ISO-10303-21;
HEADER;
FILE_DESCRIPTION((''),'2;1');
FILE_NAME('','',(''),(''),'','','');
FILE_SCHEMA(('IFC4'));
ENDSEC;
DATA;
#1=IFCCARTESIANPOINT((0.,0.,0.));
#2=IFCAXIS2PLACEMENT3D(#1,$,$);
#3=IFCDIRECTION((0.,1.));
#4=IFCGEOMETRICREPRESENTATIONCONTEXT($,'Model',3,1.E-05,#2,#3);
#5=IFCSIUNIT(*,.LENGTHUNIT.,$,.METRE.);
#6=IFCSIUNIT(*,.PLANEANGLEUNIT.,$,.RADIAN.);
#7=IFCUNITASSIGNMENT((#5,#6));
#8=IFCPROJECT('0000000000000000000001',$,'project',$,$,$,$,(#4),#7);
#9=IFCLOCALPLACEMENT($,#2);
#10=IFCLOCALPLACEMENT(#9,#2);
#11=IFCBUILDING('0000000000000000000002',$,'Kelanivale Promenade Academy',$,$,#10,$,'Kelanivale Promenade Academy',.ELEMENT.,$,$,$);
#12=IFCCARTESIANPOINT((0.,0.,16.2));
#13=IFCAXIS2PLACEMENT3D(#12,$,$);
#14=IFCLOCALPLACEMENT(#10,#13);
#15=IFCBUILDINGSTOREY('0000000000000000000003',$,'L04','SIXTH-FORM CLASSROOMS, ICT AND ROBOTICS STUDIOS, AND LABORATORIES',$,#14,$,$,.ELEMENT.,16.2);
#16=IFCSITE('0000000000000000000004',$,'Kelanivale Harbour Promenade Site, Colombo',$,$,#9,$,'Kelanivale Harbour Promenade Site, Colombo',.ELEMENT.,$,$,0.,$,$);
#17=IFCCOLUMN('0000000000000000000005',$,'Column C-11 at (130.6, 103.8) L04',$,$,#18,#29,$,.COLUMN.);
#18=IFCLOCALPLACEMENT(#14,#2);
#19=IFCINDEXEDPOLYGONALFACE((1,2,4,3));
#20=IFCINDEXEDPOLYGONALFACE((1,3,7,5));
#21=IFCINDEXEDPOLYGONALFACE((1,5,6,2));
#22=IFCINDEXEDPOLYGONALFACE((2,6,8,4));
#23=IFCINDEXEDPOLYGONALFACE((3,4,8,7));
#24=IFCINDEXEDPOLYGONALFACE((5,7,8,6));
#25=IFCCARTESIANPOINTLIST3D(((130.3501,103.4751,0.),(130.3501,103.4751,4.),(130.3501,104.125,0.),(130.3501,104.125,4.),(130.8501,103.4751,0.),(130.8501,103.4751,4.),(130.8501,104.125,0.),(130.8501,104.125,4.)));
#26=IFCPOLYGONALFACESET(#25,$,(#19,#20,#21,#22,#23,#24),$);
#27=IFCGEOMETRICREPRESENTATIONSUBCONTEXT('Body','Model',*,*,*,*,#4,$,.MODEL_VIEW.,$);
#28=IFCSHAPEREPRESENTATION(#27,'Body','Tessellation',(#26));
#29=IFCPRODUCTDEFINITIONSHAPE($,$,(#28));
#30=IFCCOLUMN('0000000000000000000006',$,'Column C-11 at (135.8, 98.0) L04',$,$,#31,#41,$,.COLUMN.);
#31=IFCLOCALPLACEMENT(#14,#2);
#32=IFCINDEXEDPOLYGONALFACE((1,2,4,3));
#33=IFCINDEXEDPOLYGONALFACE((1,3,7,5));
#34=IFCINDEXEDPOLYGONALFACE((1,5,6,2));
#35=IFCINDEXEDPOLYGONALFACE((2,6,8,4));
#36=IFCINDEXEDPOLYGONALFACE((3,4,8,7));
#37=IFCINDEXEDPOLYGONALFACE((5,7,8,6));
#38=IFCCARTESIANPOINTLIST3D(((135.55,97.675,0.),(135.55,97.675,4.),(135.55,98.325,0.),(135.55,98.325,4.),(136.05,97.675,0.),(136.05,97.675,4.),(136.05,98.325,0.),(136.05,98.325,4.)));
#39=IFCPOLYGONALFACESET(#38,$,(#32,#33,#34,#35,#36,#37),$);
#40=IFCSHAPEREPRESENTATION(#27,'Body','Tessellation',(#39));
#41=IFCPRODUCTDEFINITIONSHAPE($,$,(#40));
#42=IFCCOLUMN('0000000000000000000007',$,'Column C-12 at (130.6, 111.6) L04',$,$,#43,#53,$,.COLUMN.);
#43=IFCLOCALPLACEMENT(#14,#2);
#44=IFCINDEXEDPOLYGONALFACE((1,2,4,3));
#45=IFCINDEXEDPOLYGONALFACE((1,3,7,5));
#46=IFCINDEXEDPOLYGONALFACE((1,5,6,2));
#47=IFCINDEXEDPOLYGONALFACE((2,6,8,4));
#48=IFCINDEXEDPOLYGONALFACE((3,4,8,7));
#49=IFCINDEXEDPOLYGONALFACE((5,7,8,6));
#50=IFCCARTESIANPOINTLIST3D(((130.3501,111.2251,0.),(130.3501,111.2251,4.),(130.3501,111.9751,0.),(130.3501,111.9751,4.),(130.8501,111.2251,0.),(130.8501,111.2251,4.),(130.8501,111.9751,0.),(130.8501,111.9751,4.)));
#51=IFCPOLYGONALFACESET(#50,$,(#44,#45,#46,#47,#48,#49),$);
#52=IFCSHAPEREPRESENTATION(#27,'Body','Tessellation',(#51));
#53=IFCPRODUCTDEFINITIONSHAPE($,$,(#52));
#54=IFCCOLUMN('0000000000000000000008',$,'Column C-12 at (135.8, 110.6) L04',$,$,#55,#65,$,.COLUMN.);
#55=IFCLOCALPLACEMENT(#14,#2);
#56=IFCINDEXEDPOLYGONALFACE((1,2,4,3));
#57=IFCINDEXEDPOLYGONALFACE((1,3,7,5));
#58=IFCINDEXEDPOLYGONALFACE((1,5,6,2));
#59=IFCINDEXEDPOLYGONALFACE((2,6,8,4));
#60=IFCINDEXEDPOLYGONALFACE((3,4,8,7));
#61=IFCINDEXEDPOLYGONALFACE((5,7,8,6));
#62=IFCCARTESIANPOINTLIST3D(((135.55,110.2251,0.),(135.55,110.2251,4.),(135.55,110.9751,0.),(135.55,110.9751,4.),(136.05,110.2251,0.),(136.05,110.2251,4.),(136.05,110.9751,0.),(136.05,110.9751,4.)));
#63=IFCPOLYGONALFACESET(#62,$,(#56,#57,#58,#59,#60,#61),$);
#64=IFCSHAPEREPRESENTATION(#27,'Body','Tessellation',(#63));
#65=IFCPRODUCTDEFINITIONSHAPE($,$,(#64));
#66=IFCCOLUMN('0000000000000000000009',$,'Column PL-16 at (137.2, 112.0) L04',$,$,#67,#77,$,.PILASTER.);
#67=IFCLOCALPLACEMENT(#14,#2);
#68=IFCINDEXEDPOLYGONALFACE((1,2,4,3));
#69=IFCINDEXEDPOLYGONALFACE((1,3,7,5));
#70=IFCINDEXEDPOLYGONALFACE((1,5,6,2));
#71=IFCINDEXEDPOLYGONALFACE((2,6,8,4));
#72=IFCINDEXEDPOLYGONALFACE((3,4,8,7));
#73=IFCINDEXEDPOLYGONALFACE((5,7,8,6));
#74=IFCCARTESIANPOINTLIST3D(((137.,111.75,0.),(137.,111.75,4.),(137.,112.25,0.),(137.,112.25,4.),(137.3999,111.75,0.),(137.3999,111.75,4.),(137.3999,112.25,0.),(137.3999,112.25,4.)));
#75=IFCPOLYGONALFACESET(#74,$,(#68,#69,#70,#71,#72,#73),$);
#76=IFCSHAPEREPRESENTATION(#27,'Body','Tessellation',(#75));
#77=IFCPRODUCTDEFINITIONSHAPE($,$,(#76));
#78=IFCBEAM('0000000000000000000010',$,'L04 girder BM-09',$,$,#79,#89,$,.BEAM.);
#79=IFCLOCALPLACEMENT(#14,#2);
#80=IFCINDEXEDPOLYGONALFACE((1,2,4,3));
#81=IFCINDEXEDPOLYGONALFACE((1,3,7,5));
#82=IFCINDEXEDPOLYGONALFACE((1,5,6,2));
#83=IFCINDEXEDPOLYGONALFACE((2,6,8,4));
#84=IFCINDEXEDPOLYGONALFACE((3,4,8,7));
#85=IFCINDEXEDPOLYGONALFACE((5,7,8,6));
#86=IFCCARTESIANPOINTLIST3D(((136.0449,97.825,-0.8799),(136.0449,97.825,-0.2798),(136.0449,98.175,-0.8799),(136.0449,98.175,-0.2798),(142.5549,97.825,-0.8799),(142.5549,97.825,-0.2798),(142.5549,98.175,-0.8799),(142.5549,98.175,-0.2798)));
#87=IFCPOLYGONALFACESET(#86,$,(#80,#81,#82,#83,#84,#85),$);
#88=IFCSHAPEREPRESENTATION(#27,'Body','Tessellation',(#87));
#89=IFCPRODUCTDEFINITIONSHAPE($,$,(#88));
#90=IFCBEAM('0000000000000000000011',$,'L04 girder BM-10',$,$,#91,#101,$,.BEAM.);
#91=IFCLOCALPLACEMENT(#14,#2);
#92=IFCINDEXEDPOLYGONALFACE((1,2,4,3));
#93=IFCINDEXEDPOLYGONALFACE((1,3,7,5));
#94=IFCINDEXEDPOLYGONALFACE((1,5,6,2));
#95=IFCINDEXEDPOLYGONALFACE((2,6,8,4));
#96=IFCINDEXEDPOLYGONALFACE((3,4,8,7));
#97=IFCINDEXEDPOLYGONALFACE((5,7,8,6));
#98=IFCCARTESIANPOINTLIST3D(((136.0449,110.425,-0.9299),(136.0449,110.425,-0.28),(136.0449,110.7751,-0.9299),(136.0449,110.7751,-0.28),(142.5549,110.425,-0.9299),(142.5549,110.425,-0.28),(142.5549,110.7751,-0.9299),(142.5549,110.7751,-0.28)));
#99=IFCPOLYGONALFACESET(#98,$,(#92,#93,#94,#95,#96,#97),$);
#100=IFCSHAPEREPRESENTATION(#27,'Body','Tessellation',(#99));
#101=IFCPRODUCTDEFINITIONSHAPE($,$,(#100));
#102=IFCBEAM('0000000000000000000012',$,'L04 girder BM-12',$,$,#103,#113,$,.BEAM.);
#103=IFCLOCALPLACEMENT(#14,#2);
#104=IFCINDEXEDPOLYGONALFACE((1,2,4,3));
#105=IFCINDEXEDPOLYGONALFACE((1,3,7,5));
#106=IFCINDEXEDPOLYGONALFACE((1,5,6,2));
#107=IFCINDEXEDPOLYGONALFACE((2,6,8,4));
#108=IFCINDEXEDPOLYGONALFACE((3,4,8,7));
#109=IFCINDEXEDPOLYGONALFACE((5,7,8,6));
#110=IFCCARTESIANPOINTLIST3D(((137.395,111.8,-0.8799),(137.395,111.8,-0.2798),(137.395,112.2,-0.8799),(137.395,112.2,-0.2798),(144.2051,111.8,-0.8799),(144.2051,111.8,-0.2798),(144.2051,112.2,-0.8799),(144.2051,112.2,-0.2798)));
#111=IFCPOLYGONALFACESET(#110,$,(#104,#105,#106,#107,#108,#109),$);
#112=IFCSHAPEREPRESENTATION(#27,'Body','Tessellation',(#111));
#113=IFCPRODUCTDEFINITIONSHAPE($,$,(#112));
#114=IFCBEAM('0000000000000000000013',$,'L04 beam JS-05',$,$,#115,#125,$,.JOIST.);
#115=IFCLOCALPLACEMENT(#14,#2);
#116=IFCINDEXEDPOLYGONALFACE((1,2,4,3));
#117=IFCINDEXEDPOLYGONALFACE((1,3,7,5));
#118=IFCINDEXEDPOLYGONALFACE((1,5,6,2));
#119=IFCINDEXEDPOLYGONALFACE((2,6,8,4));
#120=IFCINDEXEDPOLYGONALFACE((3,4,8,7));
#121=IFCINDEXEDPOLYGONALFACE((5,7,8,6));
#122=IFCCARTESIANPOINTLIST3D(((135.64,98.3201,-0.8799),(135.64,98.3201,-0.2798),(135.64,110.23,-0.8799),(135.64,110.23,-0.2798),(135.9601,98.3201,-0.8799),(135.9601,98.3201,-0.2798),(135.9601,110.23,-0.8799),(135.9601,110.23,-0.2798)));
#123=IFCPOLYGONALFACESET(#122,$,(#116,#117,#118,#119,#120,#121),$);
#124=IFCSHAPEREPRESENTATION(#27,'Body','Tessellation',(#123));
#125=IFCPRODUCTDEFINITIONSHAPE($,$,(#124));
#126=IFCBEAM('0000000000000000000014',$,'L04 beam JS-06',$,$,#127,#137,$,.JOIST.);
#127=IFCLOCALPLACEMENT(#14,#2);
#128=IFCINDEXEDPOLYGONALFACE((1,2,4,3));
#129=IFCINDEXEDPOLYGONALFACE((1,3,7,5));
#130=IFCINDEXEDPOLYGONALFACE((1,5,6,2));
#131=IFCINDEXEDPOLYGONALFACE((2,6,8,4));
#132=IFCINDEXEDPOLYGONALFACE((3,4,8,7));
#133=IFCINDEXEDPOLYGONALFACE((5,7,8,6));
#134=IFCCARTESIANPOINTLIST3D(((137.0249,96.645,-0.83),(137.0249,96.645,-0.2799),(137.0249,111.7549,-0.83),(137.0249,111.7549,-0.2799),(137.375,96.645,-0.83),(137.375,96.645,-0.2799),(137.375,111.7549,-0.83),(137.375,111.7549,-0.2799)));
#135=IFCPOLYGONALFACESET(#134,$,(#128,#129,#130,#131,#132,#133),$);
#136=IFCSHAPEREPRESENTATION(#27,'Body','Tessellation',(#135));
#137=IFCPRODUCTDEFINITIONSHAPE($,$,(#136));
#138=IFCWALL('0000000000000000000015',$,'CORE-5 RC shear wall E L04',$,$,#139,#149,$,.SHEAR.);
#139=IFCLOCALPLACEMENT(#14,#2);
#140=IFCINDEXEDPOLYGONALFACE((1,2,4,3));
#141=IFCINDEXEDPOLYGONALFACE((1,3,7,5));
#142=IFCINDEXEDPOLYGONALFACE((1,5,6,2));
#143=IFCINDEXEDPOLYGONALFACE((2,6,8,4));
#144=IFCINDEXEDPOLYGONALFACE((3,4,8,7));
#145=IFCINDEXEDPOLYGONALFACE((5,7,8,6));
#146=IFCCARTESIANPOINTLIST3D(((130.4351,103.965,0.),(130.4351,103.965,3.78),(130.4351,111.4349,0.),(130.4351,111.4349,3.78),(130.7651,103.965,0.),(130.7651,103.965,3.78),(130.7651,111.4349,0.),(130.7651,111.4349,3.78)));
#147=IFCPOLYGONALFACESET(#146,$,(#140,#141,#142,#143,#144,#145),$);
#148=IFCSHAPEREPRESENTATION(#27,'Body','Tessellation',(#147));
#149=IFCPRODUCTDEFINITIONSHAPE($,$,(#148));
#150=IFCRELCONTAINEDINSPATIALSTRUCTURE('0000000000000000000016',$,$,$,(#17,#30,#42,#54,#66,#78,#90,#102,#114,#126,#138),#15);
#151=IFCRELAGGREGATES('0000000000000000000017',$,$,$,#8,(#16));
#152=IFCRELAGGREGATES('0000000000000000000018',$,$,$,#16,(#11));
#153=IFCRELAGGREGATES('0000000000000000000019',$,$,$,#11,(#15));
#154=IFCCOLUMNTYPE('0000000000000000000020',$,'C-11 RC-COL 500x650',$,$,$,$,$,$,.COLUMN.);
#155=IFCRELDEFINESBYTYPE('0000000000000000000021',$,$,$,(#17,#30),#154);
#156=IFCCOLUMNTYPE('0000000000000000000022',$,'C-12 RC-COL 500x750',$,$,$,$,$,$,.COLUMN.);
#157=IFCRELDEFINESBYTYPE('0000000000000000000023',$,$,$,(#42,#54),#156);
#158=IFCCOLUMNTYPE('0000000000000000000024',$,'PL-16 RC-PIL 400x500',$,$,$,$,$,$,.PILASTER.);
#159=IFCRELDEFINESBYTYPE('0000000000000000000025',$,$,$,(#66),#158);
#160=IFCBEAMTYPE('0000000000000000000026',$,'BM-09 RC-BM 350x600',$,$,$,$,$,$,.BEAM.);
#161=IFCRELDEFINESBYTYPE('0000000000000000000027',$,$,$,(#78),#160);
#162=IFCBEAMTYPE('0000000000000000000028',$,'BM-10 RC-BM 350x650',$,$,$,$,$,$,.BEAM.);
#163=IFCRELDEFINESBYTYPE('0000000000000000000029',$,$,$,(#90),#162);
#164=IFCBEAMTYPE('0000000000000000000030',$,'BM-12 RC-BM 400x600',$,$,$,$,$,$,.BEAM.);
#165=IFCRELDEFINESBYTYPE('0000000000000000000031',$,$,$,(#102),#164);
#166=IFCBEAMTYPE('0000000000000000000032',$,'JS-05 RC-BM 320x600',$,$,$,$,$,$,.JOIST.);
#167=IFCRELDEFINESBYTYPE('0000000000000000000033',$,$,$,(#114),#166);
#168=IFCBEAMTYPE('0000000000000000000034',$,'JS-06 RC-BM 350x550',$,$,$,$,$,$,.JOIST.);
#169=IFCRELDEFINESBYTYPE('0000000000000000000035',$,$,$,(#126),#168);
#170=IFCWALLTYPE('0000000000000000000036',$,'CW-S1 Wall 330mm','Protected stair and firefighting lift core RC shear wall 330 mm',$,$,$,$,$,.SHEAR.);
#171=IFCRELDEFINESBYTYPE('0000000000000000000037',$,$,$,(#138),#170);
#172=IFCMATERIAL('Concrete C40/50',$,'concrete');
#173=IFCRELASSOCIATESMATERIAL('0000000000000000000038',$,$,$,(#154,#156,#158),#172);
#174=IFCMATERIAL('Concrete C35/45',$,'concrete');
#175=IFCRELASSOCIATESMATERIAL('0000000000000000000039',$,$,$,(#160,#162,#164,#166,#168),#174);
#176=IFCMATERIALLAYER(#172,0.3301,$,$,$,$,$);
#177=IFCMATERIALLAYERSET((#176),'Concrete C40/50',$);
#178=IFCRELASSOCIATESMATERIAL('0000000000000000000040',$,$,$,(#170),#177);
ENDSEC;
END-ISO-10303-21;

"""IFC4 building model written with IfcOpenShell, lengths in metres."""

from ifc_helpers import new_model, si_unit, direction, frame, frame_2d, origin, origin_2d, place, context, subcontext, project, spatial, rectangle, extrude, material, layer, layer_set, material_profile, profile_set, type_object, element, save


model = new_model("IFC4")

# Units and contexts
model_context = context("Model", 3, precision=1e-05, world=origin(), true_north=direction((0.0, 1.0)))
body_context = subcontext(model_context, "Body", "Model", "MODEL_VIEW")
ifc_project = project(units=[si_unit("LENGTHUNIT", "METRE"), si_unit("PLANEANGLEUNIT", "RADIAN")], contexts=[model_context])

# Site, building, storey
site_placement = place(None, origin())
site = spatial("IfcSite", under=ifc_project, at=site_placement, Name="Kelanivale Harbour Promenade Site, Colombo", LongName="Kelanivale Harbour Promenade Site, Colombo", CompositionType="ELEMENT", RefElevation=0.0)
building_placement = place(site_placement, origin())
building = spatial("IfcBuilding", under=site, at=building_placement, Name="Kelanivale Promenade Academy", LongName="Kelanivale Promenade Academy", CompositionType="ELEMENT")
storey_placement = place(building_placement, frame((0.0, 0.0, 16.2)))
storey = spatial("IfcBuildingStorey", under=building, at=storey_placement, Name="L04", Description="SIXTH-FORM CLASSROOMS, ICT AND ROBOTICS STUDIOS, AND LABORATORIES", CompositionType="ELEMENT", Elevation=16.2)

# Columns
ifc_material_1 = material(Name="Concrete C40/50", Category="concrete")
ifc_material_profile_1 = material_profile(ifc_material_1, rectangle(XDim=0.5, YDim=0.6499, at=origin_2d()), Name="RC-COL 500x650")
ifc_profile_set_1 = profile_set([ifc_material_profile_1], Name="Concrete C40/50")
column_type_1 = type_object("IfcColumnType", Name="C-11 RC-COL 500x650", PredefinedType="COLUMN", material=ifc_profile_set_1)
for number, where, z_axis, x_axis, name in (
    (1, (130.6001, 103.8, 0.0), (0.0, 0.0, 1.0), (1.0, 0.0, 0.0), "Column C-11 at (130.6, 103.8) L04"),
    (2, (135.8, 98.0, 0.0), (0.0, 0.0, 1.0), (1.0, 0.0, 0.0), "Column C-11 at (135.8, 98.0) L04"),
):
    element("IfcColumn", number, at=place(storey_placement, frame(where, z_axis=z_axis, x_axis=x_axis)), inside=storey, type_object=column_type_1, Name=name, PredefinedType="COLUMN", context=body_context, shape_type="SweptSolid", body=[
        extrude(rectangle(XDim=0.5, YDim=0.6499, at=origin_2d()), origin(), (0.0, 0.0, 1.0), 4.0),
    ])
ifc_material_profile_2 = material_profile(ifc_material_1, rectangle(XDim=0.5, YDim=0.75, at=origin_2d()), Name="RC-COL 500x750")
ifc_profile_set_2 = profile_set([ifc_material_profile_2], Name="Concrete C40/50")
column_type_2 = type_object("IfcColumnType", Name="C-12 RC-COL 500x750", PredefinedType="COLUMN", material=ifc_profile_set_2)
for number, where, z_axis, x_axis, name in (
    (3, (130.6001, 111.6001, 0.0), (0.0, 0.0, 1.0), (1.0, 0.0, 0.0), "Column C-12 at (130.6, 111.6) L04"),
    (4, (135.8, 110.6001, 0.0), (0.0, 0.0, 1.0), (1.0, 0.0, 0.0), "Column C-12 at (135.8, 110.6) L04"),
):
    element("IfcColumn", number, at=place(storey_placement, frame(where, z_axis=z_axis, x_axis=x_axis)), inside=storey, type_object=column_type_2, Name=name, PredefinedType="COLUMN", context=body_context, shape_type="SweptSolid", body=[
        extrude(rectangle(XDim=0.5, YDim=0.75, at=origin_2d()), origin(), (0.0, 0.0, 1.0), 4.0),
    ])
ifc_material_profile_3 = material_profile(ifc_material_1, rectangle(XDim=0.3999, YDim=0.5, at=origin_2d()), Name="RC-PIL 400x500")
ifc_profile_set_3 = profile_set([ifc_material_profile_3], Name="Concrete C40/50")
column_type_3 = type_object("IfcColumnType", Name="PL-16 RC-PIL 400x500", PredefinedType="PILASTER", material=ifc_profile_set_3)
column_placement = place(storey_placement, frame((137.2, 112.0, 0.0), z_axis=(0.0, 0.0, 1.0), x_axis=(1.0, 0.0, 0.0)))
element("IfcColumn", 5, at=column_placement, inside=storey, type_object=column_type_3, Name="Column PL-16 at (137.2, 112.0) L04", PredefinedType="PILASTER", context=body_context, shape_type="SweptSolid", body=[
    extrude(rectangle(XDim=0.3999, YDim=0.5, at=origin_2d()), origin(), (0.0, 0.0, 1.0), 4.0),
])

# Beams
ifc_material_2 = material(Name="Concrete C35/45", Category="concrete")
ifc_material_profile_4 = material_profile(ifc_material_2, rectangle(XDim=0.3501, YDim=0.6001, at=origin_2d()), Name="RC-BM 350x600")
ifc_profile_set_4 = profile_set([ifc_material_profile_4], Name="Concrete C35/45")
beam_type_1 = type_object("IfcBeamType", Name="BM-09 RC-BM 350x600", PredefinedType="BEAM", material=ifc_profile_set_4)
beam_1_placement = place(storey_placement, frame((136.0449, 98.0, -0.5798), z_axis=(1.0, 0.0, 0.0), x_axis=(0.0, 1.0, 0.0)))
element("IfcBeam", 6, at=beam_1_placement, inside=storey, type_object=beam_type_1, Name="L04 girder BM-09", PredefinedType="BEAM", context=body_context, shape_type="SweptSolid", body=[
    extrude(rectangle(XDim=0.3501, YDim=0.6001, at=origin_2d()), origin(), (0.0, 0.0, 1.0), 6.51),
])
ifc_material_profile_5 = material_profile(ifc_material_2, rectangle(XDim=0.3501, YDim=0.6499, at=origin_2d()), Name="RC-BM 350x650")
ifc_profile_set_5 = profile_set([ifc_material_profile_5], Name="Concrete C35/45")
beam_type_2 = type_object("IfcBeamType", Name="BM-10 RC-BM 350x650", PredefinedType="BEAM", material=ifc_profile_set_5)
beam_2_placement = place(storey_placement, frame((136.0449, 110.6001, -0.605), z_axis=(1.0, 0.0, 0.0), x_axis=(0.0, 1.0, 0.0)))
element("IfcBeam", 7, at=beam_2_placement, inside=storey, type_object=beam_type_2, Name="L04 girder BM-10", PredefinedType="BEAM", context=body_context, shape_type="SweptSolid", body=[
    extrude(rectangle(XDim=0.3501, YDim=0.6499, at=origin_2d()), origin(), (0.0, 0.0, 1.0), 6.51),
])
ifc_material_profile_6 = material_profile(ifc_material_2, rectangle(XDim=0.3999, YDim=0.6001, at=origin_2d()), Name="RC-BM 400x600")
ifc_profile_set_6 = profile_set([ifc_material_profile_6], Name="Concrete C35/45")
beam_type_3 = type_object("IfcBeamType", Name="BM-12 RC-BM 400x600", PredefinedType="BEAM", material=ifc_profile_set_6)
beam_3_placement = place(storey_placement, frame((137.395, 112.0, -0.5798), z_axis=(1.0, 0.0, 0.0), x_axis=(0.0, 1.0, 0.0)))
element("IfcBeam", 8, at=beam_3_placement, inside=storey, type_object=beam_type_3, Name="L04 girder BM-12", PredefinedType="BEAM", context=body_context, shape_type="SweptSolid", body=[
    extrude(rectangle(XDim=0.3999, YDim=0.6001, at=origin_2d()), origin(), (0.0, 0.0, 1.0), 6.8101),
])
ifc_material_profile_7 = material_profile(ifc_material_2, rectangle(XDim=0.3201, YDim=0.6001, at=origin_2d()), Name="RC-BM 320x600")
ifc_profile_set_7 = profile_set([ifc_material_profile_7], Name="Concrete C35/45")
beam_type_4 = type_object("IfcBeamType", Name="JS-05 RC-BM 320x600", PredefinedType="JOIST", material=ifc_profile_set_7)
beam_4_placement = place(storey_placement, frame((135.8, 98.3201, -0.5798), z_axis=(0.0, 1.0, 0.0), x_axis=(-1.0, 0.0, 0.0)))
element("IfcBeam", 9, at=beam_4_placement, inside=storey, type_object=beam_type_4, Name="L04 beam JS-05", PredefinedType="JOIST", context=body_context, shape_type="SweptSolid", body=[
    extrude(rectangle(XDim=0.3201, YDim=0.6001, at=origin_2d()), origin(), (0.0, 0.0, 1.0), 11.9099),
])
ifc_material_profile_8 = material_profile(ifc_material_2, rectangle(XDim=0.3501, YDim=0.55, at=origin_2d()), Name="RC-BM 350x550")
ifc_profile_set_8 = profile_set([ifc_material_profile_8], Name="Concrete C35/45")
beam_type_5 = type_object("IfcBeamType", Name="JS-06 RC-BM 350x550", PredefinedType="JOIST", material=ifc_profile_set_8)
beam_5_placement = place(storey_placement, frame((137.2, 96.645, -0.5549), z_axis=(0.0, 1.0, 0.0), x_axis=(-1.0, 0.0, 0.0)))
element("IfcBeam", 10, at=beam_5_placement, inside=storey, type_object=beam_type_5, Name="L04 beam JS-06", PredefinedType="JOIST", context=body_context, shape_type="SweptSolid", body=[
    extrude(rectangle(XDim=0.3501, YDim=0.55, at=origin_2d()), origin(), (0.0, 0.0, 1.0), 15.1099),
])

# Wall
ifc_layer_1 = layer(ifc_material_1, 0.3301)
ifc_layer_set_1 = layer_set([ifc_layer_1], Name="Concrete C40/50")
wall_type_1 = type_object("IfcWallType", Name="CW-S1 Wall 330mm", Description="Protected stair and firefighting lift core RC shear wall 330 mm", PredefinedType="SHEAR", material=ifc_layer_set_1)
wall_1_placement = place(storey_placement, frame((130.6001, 103.9651, 0.0), z_axis=(0.0, 0.0, 1.0), x_axis=(0.0, 1.0, 0.0)))
element("IfcWall", 11, at=wall_1_placement, inside=storey, type_object=wall_type_1, Name="CORE-5 RC shear wall E L04", PredefinedType="SHEAR", context=body_context, shape_type="SweptSolid", body=[
    extrude(rectangle(XDim=7.47, YDim=0.3301, at=frame_2d((3.7349, 0.0))), origin(), (0.0, 0.0, 1.0), 3.78),
])

save(model, "model.ifc")
